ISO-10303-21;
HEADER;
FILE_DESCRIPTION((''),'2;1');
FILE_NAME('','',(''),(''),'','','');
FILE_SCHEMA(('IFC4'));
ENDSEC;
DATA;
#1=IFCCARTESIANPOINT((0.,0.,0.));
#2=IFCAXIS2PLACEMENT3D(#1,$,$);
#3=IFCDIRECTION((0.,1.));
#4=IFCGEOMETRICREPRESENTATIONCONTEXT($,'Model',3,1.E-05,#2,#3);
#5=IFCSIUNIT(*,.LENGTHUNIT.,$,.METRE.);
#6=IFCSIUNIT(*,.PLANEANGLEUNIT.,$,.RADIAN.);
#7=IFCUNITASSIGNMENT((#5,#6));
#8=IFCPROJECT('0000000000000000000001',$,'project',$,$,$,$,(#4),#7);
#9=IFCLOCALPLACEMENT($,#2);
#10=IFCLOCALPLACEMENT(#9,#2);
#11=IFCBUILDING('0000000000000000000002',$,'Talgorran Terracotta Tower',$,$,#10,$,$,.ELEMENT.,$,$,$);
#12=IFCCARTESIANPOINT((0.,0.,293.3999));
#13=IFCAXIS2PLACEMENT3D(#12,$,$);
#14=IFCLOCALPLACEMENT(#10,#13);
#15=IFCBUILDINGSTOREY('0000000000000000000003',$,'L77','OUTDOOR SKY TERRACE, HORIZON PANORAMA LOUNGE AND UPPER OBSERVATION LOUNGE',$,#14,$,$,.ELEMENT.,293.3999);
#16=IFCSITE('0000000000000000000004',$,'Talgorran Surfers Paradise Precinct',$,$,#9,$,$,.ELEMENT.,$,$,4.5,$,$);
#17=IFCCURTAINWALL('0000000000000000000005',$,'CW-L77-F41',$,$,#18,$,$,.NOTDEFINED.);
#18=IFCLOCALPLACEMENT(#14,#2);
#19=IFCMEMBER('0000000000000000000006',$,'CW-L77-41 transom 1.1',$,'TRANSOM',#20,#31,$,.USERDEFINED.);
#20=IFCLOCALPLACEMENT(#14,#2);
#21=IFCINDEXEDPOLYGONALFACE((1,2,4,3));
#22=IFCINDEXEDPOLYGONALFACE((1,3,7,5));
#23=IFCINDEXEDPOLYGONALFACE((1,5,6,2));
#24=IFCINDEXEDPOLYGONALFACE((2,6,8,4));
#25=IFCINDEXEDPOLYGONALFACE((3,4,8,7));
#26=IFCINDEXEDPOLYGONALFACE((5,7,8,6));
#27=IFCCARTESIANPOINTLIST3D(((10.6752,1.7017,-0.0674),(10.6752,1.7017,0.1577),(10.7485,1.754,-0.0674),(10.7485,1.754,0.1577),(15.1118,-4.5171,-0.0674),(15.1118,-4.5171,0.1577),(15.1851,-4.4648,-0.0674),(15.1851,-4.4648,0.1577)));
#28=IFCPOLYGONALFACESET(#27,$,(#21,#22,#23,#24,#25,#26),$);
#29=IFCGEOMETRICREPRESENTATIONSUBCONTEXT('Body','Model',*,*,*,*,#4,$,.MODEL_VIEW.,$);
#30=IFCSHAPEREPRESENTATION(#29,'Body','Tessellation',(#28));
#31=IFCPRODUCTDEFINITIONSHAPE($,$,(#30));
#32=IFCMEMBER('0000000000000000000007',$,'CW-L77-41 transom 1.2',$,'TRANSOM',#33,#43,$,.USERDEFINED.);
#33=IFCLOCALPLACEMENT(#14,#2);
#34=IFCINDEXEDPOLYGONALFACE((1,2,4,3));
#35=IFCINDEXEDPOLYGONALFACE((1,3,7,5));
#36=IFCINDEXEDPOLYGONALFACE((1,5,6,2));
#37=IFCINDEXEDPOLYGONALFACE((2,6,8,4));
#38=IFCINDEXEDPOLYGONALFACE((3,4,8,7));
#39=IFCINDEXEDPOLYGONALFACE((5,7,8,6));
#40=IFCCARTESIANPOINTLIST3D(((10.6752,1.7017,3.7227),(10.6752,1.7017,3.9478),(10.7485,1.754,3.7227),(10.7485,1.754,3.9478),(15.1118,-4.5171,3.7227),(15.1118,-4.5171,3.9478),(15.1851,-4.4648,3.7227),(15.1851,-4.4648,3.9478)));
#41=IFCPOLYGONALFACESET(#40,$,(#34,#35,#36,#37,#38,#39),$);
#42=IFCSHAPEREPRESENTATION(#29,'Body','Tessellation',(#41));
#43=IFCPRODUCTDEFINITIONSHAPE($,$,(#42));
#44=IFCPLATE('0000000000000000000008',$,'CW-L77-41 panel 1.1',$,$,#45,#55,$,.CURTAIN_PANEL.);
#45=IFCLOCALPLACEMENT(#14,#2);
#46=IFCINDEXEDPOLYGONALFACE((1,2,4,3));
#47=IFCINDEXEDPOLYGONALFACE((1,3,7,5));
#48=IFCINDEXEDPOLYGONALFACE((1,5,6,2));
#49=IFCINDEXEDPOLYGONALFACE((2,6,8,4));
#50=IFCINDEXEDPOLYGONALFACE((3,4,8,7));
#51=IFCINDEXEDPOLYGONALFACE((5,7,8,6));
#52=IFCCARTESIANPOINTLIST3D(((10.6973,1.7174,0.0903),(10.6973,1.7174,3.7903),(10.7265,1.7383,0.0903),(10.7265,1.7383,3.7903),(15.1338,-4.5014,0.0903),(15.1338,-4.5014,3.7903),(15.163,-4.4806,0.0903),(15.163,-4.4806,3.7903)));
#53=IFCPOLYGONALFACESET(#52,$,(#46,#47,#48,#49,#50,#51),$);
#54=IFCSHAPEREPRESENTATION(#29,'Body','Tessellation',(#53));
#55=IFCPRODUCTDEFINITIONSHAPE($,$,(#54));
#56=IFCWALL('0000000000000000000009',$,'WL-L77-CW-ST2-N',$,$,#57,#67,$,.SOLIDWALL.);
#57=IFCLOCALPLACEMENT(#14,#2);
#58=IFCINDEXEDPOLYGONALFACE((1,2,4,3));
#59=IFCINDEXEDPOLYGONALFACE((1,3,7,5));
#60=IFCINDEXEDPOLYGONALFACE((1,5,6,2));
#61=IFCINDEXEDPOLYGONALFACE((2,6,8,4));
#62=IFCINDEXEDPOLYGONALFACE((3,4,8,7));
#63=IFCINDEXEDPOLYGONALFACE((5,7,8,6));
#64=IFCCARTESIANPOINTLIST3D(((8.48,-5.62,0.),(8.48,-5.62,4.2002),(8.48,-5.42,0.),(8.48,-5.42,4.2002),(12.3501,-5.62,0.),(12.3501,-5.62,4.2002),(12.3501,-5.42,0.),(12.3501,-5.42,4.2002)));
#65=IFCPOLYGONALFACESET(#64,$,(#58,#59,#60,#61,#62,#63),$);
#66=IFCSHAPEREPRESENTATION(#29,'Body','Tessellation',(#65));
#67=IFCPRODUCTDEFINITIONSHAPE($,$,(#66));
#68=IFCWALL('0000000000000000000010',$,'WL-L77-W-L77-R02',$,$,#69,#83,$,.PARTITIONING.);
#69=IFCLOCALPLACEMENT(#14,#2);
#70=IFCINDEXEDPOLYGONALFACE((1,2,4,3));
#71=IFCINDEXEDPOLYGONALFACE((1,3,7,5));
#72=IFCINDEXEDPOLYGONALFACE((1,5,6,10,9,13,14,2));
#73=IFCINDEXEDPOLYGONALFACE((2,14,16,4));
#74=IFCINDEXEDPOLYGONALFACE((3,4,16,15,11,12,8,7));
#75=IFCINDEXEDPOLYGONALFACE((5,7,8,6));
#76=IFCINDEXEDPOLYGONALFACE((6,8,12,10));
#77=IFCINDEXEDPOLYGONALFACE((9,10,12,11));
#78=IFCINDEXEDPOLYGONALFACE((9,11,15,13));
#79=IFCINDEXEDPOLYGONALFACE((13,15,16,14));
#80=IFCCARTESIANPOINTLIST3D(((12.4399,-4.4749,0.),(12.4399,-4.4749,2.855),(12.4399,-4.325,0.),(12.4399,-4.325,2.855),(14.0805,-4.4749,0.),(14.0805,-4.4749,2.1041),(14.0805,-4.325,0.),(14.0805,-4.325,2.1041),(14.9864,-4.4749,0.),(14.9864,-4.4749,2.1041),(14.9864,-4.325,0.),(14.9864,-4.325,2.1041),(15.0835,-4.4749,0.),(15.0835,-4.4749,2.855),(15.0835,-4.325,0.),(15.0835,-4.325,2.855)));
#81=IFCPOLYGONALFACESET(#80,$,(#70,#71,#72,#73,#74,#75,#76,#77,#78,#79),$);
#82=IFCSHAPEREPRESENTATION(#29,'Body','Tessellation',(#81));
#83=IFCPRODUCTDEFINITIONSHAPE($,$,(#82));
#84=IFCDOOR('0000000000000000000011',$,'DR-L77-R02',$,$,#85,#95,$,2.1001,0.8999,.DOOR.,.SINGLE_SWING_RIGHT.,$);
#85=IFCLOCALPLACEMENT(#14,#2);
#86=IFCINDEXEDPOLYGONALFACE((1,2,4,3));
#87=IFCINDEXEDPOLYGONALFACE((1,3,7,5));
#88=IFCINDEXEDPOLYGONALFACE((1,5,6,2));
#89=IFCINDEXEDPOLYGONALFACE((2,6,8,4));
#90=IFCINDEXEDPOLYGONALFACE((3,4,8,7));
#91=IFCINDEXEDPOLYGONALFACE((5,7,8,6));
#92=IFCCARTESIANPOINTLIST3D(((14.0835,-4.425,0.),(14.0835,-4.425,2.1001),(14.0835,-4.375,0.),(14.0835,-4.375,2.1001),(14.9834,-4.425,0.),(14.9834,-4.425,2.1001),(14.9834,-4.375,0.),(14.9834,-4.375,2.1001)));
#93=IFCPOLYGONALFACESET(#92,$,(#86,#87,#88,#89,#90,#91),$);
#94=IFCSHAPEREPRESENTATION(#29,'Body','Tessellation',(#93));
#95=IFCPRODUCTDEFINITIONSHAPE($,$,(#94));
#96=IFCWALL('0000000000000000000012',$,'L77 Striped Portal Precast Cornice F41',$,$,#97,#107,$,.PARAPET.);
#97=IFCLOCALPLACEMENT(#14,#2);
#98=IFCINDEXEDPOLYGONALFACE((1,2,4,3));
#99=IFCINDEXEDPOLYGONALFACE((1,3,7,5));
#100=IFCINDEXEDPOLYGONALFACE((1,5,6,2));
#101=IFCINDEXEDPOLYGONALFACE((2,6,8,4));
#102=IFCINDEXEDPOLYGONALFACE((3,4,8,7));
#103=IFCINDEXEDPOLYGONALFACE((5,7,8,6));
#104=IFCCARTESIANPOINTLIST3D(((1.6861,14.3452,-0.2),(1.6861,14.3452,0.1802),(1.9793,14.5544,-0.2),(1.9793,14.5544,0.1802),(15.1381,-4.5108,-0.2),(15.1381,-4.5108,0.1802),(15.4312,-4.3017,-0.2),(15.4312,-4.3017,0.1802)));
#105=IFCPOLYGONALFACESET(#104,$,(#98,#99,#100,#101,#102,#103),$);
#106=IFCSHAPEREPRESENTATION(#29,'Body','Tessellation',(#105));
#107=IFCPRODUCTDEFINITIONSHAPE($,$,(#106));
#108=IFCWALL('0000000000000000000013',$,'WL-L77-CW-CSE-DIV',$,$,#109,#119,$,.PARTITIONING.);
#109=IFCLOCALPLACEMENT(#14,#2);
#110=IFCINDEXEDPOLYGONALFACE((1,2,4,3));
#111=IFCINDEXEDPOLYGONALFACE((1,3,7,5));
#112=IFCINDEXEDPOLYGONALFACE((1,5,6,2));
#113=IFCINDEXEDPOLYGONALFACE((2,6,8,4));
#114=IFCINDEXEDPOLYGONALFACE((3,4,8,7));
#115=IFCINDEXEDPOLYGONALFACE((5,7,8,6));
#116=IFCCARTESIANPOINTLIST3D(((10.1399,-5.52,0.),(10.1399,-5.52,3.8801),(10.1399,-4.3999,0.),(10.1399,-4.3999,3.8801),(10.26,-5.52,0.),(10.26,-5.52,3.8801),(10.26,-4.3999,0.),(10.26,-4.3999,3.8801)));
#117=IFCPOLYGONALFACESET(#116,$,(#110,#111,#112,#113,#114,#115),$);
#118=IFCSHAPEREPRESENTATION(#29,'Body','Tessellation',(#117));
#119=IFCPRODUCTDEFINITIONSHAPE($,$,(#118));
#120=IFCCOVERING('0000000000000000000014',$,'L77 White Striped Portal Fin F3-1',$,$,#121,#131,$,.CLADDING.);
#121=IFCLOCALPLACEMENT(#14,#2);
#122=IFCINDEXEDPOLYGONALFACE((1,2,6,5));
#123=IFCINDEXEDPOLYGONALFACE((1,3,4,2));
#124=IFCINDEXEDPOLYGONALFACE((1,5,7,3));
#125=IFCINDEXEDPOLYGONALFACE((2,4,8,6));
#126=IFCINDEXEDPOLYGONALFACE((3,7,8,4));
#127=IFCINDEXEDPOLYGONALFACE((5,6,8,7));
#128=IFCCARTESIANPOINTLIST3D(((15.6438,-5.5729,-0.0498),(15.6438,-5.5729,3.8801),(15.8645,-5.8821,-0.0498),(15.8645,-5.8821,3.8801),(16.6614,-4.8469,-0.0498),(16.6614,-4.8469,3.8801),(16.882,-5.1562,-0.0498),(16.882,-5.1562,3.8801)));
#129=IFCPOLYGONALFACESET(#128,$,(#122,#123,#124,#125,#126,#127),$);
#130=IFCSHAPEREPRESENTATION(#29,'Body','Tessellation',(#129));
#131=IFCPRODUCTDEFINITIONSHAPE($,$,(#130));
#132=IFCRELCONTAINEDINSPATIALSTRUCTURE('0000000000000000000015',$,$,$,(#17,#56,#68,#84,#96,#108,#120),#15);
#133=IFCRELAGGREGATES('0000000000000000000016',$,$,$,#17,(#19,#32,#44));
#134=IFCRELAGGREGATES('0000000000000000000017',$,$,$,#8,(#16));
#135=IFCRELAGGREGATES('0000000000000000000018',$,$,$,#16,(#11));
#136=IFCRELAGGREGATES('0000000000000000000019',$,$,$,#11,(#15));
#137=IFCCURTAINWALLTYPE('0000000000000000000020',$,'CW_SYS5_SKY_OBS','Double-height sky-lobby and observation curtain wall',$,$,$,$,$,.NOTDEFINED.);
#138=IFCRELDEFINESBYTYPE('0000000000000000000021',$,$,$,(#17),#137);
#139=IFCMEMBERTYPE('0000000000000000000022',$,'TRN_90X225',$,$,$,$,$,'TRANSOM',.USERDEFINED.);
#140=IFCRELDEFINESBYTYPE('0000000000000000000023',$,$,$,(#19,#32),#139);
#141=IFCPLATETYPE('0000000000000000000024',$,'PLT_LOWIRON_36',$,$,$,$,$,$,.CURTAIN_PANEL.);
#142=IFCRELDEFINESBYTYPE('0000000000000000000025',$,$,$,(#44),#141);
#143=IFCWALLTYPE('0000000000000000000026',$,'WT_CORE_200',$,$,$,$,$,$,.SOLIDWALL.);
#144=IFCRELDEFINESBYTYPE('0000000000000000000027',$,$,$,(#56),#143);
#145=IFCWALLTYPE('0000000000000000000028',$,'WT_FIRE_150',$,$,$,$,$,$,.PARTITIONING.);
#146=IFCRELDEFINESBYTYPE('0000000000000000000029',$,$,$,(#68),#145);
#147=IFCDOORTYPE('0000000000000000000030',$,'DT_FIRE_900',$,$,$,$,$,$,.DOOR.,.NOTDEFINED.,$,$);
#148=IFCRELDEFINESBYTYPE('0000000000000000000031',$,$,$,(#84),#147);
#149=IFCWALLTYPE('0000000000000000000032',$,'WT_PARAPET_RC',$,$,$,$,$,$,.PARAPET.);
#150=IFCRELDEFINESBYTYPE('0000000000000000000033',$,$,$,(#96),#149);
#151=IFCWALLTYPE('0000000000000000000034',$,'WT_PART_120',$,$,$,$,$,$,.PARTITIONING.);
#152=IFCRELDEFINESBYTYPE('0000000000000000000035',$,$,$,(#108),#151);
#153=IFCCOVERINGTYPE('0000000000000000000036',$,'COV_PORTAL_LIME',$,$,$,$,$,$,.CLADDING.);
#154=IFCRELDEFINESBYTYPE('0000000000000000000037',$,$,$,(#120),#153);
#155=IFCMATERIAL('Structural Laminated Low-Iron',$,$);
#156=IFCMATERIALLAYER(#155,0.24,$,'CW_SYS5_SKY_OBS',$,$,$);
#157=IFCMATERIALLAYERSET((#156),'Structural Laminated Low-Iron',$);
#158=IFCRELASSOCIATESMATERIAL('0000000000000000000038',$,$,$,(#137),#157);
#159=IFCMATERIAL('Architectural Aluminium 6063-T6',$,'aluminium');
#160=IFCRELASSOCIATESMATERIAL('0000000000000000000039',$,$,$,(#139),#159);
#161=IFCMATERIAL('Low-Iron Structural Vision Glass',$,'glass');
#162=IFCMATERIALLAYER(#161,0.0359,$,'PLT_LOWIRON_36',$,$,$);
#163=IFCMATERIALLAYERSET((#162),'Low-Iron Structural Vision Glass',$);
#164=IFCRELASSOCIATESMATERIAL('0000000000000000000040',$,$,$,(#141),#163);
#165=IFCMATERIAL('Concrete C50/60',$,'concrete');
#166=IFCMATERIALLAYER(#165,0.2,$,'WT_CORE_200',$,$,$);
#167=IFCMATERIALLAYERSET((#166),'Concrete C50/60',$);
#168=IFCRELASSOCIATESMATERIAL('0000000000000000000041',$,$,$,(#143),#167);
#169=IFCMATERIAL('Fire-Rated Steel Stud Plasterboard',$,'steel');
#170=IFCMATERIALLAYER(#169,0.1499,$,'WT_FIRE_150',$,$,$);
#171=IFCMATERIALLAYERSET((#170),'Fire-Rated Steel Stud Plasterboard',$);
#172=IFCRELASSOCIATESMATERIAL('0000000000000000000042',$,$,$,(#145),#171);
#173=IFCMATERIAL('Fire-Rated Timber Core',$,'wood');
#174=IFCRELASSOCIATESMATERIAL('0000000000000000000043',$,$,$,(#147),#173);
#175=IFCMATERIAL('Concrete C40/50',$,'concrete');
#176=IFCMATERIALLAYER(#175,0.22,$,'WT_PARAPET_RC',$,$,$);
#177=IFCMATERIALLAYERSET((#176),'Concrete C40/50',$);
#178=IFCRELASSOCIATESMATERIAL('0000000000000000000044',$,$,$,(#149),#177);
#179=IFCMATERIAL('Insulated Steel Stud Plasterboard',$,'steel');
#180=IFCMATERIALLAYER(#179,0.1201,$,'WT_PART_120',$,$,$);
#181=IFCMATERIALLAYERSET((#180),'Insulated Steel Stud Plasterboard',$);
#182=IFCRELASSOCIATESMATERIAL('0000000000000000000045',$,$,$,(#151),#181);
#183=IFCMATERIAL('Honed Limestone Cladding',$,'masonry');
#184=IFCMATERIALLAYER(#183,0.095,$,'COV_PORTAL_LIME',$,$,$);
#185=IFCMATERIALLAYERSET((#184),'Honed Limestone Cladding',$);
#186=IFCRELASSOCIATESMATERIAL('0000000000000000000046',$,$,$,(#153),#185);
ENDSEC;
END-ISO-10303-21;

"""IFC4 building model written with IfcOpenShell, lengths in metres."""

from ifc_helpers import new_model, si_unit, direction, frame, frame_2d, origin, origin_2d, place, context, subcontext, project, spatial, rectangle, extrude, source, transform, mapped, material, layer, layer_set, material_profile, profile_set, type_object, type_shapes, element, fill, aggregate, save


model = new_model("IFC4")

# Units and contexts
model_context = context("Model", 3, precision=1e-05, world=origin(), true_north=direction((0.0, 1.0)))
body_context = subcontext(model_context, "Body", "Model", "MODEL_VIEW")
ifc_project = project(units=[si_unit("LENGTHUNIT", "METRE"), si_unit("PLANEANGLEUNIT", "RADIAN")], contexts=[model_context])

# Site, building, storey
site_placement = place(None, origin())
site = spatial("IfcSite", under=ifc_project, at=site_placement, Name="Talgorran Surfers Paradise Precinct", CompositionType="ELEMENT", RefElevation=4.5)
building_placement = place(site_placement, origin())
building = spatial("IfcBuilding", under=site, at=building_placement, Name="Talgorran Terracotta Tower", CompositionType="ELEMENT")
storey_placement = place(building_placement, frame((0.0, 0.0, 293.3999)))
storey = spatial("IfcBuildingStorey", under=building, at=storey_placement, Name="L77", Description="OUTDOOR SKY TERRACE, HORIZON PANORAMA LOUNGE AND UPPER OBSERVATION LOUNGE", CompositionType="ELEMENT", Elevation=293.3999)

# Curtain wall, members, plate
ifc_material_1 = material(Name="Structural Laminated Low-Iron")
ifc_layer_1 = layer(ifc_material_1, 0.24, Name="CW_SYS5_SKY_OBS")
ifc_layer_set_1 = layer_set([ifc_layer_1], Name="Structural Laminated Low-Iron")
curtain_wall_type = type_object("IfcCurtainWallType", Name="CW_SYS5_SKY_OBS", Description="Double-height sky-lobby and observation curtain wall", PredefinedType="NOTDEFINED", material=ifc_layer_set_1)
curtain_wall_placement = place(storey_placement, origin())
curtain_wall = element("IfcCurtainWall", 1, at=curtain_wall_placement, inside=storey, type_object=curtain_wall_type, Name="CW-L77-F41", PredefinedType="NOTDEFINED")
ifc_material_2 = material(Name="Architectural Aluminium 6063-T6", Category="aluminium")
ifc_material_profile_1 = material_profile(ifc_material_2, rectangle(XDim=0.0901, YDim=0.2251, at=origin_2d()), Name="CWT90X225")
ifc_profile_set_1 = profile_set([ifc_material_profile_1], Name="Architectural Aluminium 6063-T6")
member_type_1 = type_object("IfcMemberType", Name="TRN_90X225", ElementType="TRANSOM", PredefinedType="USERDEFINED", material=ifc_profile_set_1)
member_1_placement = place(storey_placement, frame((15.1484, -4.491, 0.0452), z_axis=(-0.580766, 0.81407, 0.0), x_axis=(-0.81407, -0.580766, 0.0)))
member_1 = element("IfcMember", 2, at=member_1_placement, type_object=member_type_1, Name="CW-L77-41 transom 1.1", ObjectType="TRANSOM", PredefinedType="USERDEFINED", context=body_context, shape_type="SweptSolid", body=[
    extrude(rectangle(XDim=0.0901, YDim=0.2251, at=origin_2d()), origin(), (0.0, 0.0, 1.0), 7.6392),
])
member_2_placement = place(storey_placement, frame((15.1484, -4.491, 3.8352), z_axis=(-0.580766, 0.81407, 0.0), x_axis=(-0.81407, -0.580766, 0.0)))
member_2 = element("IfcMember", 3, at=member_2_placement, type_object=member_type_1, Name="CW-L77-41 transom 1.2", ObjectType="TRANSOM", PredefinedType="USERDEFINED", context=body_context, shape_type="SweptSolid", body=[
    extrude(rectangle(XDim=0.0901, YDim=0.2251, at=origin_2d()), origin(), (0.0, 0.0, 1.0), 7.6392),
])
ifc_material_3 = material(Name="Low-Iron Structural Vision Glass", Category="glass")
ifc_layer_2 = layer(ifc_material_3, 0.0359, Name="PLT_LOWIRON_36")
ifc_layer_set_2 = layer_set([ifc_layer_2], Name="Low-Iron Structural Vision Glass")
plate_type = type_object("IfcPlateType", Name="PLT_LOWIRON_36", PredefinedType="CURTAIN_PANEL", material=ifc_layer_set_2)
shared_shape = source(origin(), body_context, "Body", "SweptSolid", [
    extrude(rectangle(XDim=7.6392, YDim=0.0359, at=origin_2d()), origin(), (0.0, 0.0, 1.0), 3.7),
])
type_shapes(plate_type, [shared_shape])
plate_placement = place(storey_placement, frame((12.9302, -1.3816, 0.0903), z_axis=(0.0, 0.0, 1.0), x_axis=(-0.58076, 0.814075, 0.0)))
plate = element("IfcPlate", 4, at=plate_placement, type_object=plate_type, Name="CW-L77-41 panel 1.1", PredefinedType="CURTAIN_PANEL", context=body_context, shape_type="MappedRepresentation", body=[
    mapped(shared_shape, transform((0.0, 0.0, 0.0), scale=1.0)),
])
aggregate(curtain_wall, [member_1, member_2, plate])

# Wall
ifc_material_4 = material(Name="Concrete C50/60", Category="concrete")
ifc_layer_3 = layer(ifc_material_4, 0.2, Name="WT_CORE_200")
ifc_layer_set_3 = layer_set([ifc_layer_3], Name="Concrete C50/60")
wall_type_1 = type_object("IfcWallType", Name="WT_CORE_200", PredefinedType="SOLIDWALL", material=ifc_layer_set_3)
wall_1_placement = place(storey_placement, frame((8.48, -5.52, 0.0), z_axis=(0.0, 0.0, 1.0), x_axis=(1.0, 0.0, 0.0)))
element("IfcWall", 5, at=wall_1_placement, inside=storey, type_object=wall_type_1, Name="WL-L77-CW-ST2-N", PredefinedType="SOLIDWALL", context=body_context, shape_type="SweptSolid", body=[
    extrude(rectangle(XDim=3.8701, YDim=0.2, at=frame_2d((1.9351, 0.0))), origin(), (0.0, 0.0, 1.0), 4.2002),
])

# Wall, opening, door
ifc_material_5 = material(Name="Fire-Rated Steel Stud Plasterboard", Category="steel")
ifc_layer_4 = layer(ifc_material_5, 0.1499, Name="WT_FIRE_150")
ifc_layer_set_4 = layer_set([ifc_layer_4], Name="Fire-Rated Steel Stud Plasterboard")
wall_type_2 = type_object("IfcWallType", Name="WT_FIRE_150", PredefinedType="PARTITIONING", material=ifc_layer_set_4)
wall_2_placement = place(storey_placement, frame((12.4399, -4.3999, 0.0), z_axis=(0.0, 0.0, 1.0), x_axis=(1.0, 0.0, 0.0)))
wall_2 = element("IfcWall", 6, at=wall_2_placement, inside=storey, type_object=wall_type_2, Name="WL-L77-W-L77-R02", PredefinedType="PARTITIONING", context=body_context, shape_type="SweptSolid", body=[
    extrude(rectangle(XDim=2.6436, YDim=0.1499, at=frame_2d((1.3218, 0.0))), origin(), (0.0, 0.0, 1.0), 2.855),
])
opening_placement = place(wall_2_placement, frame((1.6436, 0.0, 0.0)))
opening = element("IfcOpeningElement", 7, at=opening_placement, cuts=wall_2, PredefinedType="OPENING", context=body_context, shape_type="SweptSolid", body=[
    extrude(rectangle(XDim=0.9059, YDim=2.1041, at=frame_2d((0.45, 1.052))), frame((0.0, 0.085, 0.0), z_axis=(0.0, -1.0, 0.0), x_axis=(1.0, 0.0, 0.0)), (0.0, 0.0, 1.0), 0.1699),
])
ifc_material_6 = material(Name="Fire-Rated Timber Core", Category="wood")
door_type = type_object("IfcDoorType", Name="DT_FIRE_900", OperationType="NOTDEFINED", PredefinedType="DOOR", material=ifc_material_6)
door_placement = place(opening_placement, origin())
door = element("IfcDoor", 8, at=door_placement, inside=storey, type_object=door_type, Name="DR-L77-R02", OperationType="SINGLE_SWING_RIGHT", OverallHeight=2.1001, OverallWidth=0.8999, PredefinedType="DOOR", context=body_context, shape_type="SweptSolid", body=[
    extrude(rectangle(XDim=0.8999, YDim=2.1001, at=frame_2d((0.45, 1.05))), frame((0.0, 0.0249, 0.0), z_axis=(0.0, -1.0, 0.0), x_axis=(1.0, 0.0, 0.0)), (0.0, 0.0, 1.0), 0.05),
])
fill(opening, door)

# Walls
ifc_material_7 = material(Name="Concrete C40/50", Category="concrete")
ifc_layer_5 = layer(ifc_material_7, 0.22, Name="WT_PARAPET_RC")
ifc_layer_set_5 = layer_set([ifc_layer_5], Name="Concrete C40/50")
wall_type_3 = type_object("IfcWallType", Name="WT_PARAPET_RC", PredefinedType="PARAPET", material=ifc_layer_set_5)
wall_3_placement = place(storey_placement, frame((15.2847, -4.4062, -0.2), z_axis=(0.0, 0.0, 1.0), x_axis=(-0.580762, 0.814073, 0.0)))
element("IfcWall", 9, at=wall_3_placement, inside=storey, type_object=wall_type_3, Name="L77 Striped Portal Precast Cornice F41", PredefinedType="PARAPET", context=body_context, shape_type="SweptSolid", body=[
    extrude(rectangle(XDim=23.1626, YDim=0.3601, at=frame_2d((11.5813, 0.0))), origin(), (0.0, 0.0, 1.0), 0.3801),
])
ifc_material_8 = material(Name="Insulated Steel Stud Plasterboard", Category="steel")
ifc_layer_6 = layer(ifc_material_8, 0.1201, Name="WT_PART_120")
ifc_layer_set_6 = layer_set([ifc_layer_6], Name="Insulated Steel Stud Plasterboard")
wall_type_4 = type_object("IfcWallType", Name="WT_PART_120", PredefinedType="PARTITIONING", material=ifc_layer_set_6)
wall_4_placement = place(storey_placement, frame((10.2, -5.52, 0.0), z_axis=(0.0, 0.0, 1.0), x_axis=(0.0, 1.0, 0.0)))
element("IfcWall", 10, at=wall_4_placement, inside=storey, type_object=wall_type_4, Name="WL-L77-CW-CSE-DIV", PredefinedType="PARTITIONING", context=body_context, shape_type="SweptSolid", body=[
    extrude(rectangle(XDim=1.1201, YDim=0.1201, at=frame_2d((0.5601, 0.0))), origin(), (0.0, 0.0, 1.0), 3.8801),
])

# Covering
ifc_material_9 = material(Name="Honed Limestone Cladding", Category="masonry")
ifc_layer_7 = layer(ifc_material_9, 0.095, Name="COV_PORTAL_LIME")
ifc_layer_set_7 = layer_set([ifc_layer_7], Name="Honed Limestone Cladding")
covering_type = type_object("IfcCoveringType", Name="COV_PORTAL_LIME", PredefinedType="CLADDING", material=ifc_layer_set_7)
covering_placement = place(storey_placement, frame((16.2629, -5.3645, -0.0498), z_axis=(0.0, 0.0, 1.0), x_axis=(-0.58076, 0.814075, 0.0)))
element("IfcCovering", 11, at=covering_placement, inside=storey, type_object=covering_type, Name="L77 White Striped Portal Fin F3-1", PredefinedType="CLADDING", context=body_context, shape_type="SweptSolid", body=[
    extrude(rectangle(XDim=0.3799, YDim=1.25, at=origin_2d()), origin(), (0.0, 0.0, 1.0), 3.9299),
])

save(model, "model.ifc")
